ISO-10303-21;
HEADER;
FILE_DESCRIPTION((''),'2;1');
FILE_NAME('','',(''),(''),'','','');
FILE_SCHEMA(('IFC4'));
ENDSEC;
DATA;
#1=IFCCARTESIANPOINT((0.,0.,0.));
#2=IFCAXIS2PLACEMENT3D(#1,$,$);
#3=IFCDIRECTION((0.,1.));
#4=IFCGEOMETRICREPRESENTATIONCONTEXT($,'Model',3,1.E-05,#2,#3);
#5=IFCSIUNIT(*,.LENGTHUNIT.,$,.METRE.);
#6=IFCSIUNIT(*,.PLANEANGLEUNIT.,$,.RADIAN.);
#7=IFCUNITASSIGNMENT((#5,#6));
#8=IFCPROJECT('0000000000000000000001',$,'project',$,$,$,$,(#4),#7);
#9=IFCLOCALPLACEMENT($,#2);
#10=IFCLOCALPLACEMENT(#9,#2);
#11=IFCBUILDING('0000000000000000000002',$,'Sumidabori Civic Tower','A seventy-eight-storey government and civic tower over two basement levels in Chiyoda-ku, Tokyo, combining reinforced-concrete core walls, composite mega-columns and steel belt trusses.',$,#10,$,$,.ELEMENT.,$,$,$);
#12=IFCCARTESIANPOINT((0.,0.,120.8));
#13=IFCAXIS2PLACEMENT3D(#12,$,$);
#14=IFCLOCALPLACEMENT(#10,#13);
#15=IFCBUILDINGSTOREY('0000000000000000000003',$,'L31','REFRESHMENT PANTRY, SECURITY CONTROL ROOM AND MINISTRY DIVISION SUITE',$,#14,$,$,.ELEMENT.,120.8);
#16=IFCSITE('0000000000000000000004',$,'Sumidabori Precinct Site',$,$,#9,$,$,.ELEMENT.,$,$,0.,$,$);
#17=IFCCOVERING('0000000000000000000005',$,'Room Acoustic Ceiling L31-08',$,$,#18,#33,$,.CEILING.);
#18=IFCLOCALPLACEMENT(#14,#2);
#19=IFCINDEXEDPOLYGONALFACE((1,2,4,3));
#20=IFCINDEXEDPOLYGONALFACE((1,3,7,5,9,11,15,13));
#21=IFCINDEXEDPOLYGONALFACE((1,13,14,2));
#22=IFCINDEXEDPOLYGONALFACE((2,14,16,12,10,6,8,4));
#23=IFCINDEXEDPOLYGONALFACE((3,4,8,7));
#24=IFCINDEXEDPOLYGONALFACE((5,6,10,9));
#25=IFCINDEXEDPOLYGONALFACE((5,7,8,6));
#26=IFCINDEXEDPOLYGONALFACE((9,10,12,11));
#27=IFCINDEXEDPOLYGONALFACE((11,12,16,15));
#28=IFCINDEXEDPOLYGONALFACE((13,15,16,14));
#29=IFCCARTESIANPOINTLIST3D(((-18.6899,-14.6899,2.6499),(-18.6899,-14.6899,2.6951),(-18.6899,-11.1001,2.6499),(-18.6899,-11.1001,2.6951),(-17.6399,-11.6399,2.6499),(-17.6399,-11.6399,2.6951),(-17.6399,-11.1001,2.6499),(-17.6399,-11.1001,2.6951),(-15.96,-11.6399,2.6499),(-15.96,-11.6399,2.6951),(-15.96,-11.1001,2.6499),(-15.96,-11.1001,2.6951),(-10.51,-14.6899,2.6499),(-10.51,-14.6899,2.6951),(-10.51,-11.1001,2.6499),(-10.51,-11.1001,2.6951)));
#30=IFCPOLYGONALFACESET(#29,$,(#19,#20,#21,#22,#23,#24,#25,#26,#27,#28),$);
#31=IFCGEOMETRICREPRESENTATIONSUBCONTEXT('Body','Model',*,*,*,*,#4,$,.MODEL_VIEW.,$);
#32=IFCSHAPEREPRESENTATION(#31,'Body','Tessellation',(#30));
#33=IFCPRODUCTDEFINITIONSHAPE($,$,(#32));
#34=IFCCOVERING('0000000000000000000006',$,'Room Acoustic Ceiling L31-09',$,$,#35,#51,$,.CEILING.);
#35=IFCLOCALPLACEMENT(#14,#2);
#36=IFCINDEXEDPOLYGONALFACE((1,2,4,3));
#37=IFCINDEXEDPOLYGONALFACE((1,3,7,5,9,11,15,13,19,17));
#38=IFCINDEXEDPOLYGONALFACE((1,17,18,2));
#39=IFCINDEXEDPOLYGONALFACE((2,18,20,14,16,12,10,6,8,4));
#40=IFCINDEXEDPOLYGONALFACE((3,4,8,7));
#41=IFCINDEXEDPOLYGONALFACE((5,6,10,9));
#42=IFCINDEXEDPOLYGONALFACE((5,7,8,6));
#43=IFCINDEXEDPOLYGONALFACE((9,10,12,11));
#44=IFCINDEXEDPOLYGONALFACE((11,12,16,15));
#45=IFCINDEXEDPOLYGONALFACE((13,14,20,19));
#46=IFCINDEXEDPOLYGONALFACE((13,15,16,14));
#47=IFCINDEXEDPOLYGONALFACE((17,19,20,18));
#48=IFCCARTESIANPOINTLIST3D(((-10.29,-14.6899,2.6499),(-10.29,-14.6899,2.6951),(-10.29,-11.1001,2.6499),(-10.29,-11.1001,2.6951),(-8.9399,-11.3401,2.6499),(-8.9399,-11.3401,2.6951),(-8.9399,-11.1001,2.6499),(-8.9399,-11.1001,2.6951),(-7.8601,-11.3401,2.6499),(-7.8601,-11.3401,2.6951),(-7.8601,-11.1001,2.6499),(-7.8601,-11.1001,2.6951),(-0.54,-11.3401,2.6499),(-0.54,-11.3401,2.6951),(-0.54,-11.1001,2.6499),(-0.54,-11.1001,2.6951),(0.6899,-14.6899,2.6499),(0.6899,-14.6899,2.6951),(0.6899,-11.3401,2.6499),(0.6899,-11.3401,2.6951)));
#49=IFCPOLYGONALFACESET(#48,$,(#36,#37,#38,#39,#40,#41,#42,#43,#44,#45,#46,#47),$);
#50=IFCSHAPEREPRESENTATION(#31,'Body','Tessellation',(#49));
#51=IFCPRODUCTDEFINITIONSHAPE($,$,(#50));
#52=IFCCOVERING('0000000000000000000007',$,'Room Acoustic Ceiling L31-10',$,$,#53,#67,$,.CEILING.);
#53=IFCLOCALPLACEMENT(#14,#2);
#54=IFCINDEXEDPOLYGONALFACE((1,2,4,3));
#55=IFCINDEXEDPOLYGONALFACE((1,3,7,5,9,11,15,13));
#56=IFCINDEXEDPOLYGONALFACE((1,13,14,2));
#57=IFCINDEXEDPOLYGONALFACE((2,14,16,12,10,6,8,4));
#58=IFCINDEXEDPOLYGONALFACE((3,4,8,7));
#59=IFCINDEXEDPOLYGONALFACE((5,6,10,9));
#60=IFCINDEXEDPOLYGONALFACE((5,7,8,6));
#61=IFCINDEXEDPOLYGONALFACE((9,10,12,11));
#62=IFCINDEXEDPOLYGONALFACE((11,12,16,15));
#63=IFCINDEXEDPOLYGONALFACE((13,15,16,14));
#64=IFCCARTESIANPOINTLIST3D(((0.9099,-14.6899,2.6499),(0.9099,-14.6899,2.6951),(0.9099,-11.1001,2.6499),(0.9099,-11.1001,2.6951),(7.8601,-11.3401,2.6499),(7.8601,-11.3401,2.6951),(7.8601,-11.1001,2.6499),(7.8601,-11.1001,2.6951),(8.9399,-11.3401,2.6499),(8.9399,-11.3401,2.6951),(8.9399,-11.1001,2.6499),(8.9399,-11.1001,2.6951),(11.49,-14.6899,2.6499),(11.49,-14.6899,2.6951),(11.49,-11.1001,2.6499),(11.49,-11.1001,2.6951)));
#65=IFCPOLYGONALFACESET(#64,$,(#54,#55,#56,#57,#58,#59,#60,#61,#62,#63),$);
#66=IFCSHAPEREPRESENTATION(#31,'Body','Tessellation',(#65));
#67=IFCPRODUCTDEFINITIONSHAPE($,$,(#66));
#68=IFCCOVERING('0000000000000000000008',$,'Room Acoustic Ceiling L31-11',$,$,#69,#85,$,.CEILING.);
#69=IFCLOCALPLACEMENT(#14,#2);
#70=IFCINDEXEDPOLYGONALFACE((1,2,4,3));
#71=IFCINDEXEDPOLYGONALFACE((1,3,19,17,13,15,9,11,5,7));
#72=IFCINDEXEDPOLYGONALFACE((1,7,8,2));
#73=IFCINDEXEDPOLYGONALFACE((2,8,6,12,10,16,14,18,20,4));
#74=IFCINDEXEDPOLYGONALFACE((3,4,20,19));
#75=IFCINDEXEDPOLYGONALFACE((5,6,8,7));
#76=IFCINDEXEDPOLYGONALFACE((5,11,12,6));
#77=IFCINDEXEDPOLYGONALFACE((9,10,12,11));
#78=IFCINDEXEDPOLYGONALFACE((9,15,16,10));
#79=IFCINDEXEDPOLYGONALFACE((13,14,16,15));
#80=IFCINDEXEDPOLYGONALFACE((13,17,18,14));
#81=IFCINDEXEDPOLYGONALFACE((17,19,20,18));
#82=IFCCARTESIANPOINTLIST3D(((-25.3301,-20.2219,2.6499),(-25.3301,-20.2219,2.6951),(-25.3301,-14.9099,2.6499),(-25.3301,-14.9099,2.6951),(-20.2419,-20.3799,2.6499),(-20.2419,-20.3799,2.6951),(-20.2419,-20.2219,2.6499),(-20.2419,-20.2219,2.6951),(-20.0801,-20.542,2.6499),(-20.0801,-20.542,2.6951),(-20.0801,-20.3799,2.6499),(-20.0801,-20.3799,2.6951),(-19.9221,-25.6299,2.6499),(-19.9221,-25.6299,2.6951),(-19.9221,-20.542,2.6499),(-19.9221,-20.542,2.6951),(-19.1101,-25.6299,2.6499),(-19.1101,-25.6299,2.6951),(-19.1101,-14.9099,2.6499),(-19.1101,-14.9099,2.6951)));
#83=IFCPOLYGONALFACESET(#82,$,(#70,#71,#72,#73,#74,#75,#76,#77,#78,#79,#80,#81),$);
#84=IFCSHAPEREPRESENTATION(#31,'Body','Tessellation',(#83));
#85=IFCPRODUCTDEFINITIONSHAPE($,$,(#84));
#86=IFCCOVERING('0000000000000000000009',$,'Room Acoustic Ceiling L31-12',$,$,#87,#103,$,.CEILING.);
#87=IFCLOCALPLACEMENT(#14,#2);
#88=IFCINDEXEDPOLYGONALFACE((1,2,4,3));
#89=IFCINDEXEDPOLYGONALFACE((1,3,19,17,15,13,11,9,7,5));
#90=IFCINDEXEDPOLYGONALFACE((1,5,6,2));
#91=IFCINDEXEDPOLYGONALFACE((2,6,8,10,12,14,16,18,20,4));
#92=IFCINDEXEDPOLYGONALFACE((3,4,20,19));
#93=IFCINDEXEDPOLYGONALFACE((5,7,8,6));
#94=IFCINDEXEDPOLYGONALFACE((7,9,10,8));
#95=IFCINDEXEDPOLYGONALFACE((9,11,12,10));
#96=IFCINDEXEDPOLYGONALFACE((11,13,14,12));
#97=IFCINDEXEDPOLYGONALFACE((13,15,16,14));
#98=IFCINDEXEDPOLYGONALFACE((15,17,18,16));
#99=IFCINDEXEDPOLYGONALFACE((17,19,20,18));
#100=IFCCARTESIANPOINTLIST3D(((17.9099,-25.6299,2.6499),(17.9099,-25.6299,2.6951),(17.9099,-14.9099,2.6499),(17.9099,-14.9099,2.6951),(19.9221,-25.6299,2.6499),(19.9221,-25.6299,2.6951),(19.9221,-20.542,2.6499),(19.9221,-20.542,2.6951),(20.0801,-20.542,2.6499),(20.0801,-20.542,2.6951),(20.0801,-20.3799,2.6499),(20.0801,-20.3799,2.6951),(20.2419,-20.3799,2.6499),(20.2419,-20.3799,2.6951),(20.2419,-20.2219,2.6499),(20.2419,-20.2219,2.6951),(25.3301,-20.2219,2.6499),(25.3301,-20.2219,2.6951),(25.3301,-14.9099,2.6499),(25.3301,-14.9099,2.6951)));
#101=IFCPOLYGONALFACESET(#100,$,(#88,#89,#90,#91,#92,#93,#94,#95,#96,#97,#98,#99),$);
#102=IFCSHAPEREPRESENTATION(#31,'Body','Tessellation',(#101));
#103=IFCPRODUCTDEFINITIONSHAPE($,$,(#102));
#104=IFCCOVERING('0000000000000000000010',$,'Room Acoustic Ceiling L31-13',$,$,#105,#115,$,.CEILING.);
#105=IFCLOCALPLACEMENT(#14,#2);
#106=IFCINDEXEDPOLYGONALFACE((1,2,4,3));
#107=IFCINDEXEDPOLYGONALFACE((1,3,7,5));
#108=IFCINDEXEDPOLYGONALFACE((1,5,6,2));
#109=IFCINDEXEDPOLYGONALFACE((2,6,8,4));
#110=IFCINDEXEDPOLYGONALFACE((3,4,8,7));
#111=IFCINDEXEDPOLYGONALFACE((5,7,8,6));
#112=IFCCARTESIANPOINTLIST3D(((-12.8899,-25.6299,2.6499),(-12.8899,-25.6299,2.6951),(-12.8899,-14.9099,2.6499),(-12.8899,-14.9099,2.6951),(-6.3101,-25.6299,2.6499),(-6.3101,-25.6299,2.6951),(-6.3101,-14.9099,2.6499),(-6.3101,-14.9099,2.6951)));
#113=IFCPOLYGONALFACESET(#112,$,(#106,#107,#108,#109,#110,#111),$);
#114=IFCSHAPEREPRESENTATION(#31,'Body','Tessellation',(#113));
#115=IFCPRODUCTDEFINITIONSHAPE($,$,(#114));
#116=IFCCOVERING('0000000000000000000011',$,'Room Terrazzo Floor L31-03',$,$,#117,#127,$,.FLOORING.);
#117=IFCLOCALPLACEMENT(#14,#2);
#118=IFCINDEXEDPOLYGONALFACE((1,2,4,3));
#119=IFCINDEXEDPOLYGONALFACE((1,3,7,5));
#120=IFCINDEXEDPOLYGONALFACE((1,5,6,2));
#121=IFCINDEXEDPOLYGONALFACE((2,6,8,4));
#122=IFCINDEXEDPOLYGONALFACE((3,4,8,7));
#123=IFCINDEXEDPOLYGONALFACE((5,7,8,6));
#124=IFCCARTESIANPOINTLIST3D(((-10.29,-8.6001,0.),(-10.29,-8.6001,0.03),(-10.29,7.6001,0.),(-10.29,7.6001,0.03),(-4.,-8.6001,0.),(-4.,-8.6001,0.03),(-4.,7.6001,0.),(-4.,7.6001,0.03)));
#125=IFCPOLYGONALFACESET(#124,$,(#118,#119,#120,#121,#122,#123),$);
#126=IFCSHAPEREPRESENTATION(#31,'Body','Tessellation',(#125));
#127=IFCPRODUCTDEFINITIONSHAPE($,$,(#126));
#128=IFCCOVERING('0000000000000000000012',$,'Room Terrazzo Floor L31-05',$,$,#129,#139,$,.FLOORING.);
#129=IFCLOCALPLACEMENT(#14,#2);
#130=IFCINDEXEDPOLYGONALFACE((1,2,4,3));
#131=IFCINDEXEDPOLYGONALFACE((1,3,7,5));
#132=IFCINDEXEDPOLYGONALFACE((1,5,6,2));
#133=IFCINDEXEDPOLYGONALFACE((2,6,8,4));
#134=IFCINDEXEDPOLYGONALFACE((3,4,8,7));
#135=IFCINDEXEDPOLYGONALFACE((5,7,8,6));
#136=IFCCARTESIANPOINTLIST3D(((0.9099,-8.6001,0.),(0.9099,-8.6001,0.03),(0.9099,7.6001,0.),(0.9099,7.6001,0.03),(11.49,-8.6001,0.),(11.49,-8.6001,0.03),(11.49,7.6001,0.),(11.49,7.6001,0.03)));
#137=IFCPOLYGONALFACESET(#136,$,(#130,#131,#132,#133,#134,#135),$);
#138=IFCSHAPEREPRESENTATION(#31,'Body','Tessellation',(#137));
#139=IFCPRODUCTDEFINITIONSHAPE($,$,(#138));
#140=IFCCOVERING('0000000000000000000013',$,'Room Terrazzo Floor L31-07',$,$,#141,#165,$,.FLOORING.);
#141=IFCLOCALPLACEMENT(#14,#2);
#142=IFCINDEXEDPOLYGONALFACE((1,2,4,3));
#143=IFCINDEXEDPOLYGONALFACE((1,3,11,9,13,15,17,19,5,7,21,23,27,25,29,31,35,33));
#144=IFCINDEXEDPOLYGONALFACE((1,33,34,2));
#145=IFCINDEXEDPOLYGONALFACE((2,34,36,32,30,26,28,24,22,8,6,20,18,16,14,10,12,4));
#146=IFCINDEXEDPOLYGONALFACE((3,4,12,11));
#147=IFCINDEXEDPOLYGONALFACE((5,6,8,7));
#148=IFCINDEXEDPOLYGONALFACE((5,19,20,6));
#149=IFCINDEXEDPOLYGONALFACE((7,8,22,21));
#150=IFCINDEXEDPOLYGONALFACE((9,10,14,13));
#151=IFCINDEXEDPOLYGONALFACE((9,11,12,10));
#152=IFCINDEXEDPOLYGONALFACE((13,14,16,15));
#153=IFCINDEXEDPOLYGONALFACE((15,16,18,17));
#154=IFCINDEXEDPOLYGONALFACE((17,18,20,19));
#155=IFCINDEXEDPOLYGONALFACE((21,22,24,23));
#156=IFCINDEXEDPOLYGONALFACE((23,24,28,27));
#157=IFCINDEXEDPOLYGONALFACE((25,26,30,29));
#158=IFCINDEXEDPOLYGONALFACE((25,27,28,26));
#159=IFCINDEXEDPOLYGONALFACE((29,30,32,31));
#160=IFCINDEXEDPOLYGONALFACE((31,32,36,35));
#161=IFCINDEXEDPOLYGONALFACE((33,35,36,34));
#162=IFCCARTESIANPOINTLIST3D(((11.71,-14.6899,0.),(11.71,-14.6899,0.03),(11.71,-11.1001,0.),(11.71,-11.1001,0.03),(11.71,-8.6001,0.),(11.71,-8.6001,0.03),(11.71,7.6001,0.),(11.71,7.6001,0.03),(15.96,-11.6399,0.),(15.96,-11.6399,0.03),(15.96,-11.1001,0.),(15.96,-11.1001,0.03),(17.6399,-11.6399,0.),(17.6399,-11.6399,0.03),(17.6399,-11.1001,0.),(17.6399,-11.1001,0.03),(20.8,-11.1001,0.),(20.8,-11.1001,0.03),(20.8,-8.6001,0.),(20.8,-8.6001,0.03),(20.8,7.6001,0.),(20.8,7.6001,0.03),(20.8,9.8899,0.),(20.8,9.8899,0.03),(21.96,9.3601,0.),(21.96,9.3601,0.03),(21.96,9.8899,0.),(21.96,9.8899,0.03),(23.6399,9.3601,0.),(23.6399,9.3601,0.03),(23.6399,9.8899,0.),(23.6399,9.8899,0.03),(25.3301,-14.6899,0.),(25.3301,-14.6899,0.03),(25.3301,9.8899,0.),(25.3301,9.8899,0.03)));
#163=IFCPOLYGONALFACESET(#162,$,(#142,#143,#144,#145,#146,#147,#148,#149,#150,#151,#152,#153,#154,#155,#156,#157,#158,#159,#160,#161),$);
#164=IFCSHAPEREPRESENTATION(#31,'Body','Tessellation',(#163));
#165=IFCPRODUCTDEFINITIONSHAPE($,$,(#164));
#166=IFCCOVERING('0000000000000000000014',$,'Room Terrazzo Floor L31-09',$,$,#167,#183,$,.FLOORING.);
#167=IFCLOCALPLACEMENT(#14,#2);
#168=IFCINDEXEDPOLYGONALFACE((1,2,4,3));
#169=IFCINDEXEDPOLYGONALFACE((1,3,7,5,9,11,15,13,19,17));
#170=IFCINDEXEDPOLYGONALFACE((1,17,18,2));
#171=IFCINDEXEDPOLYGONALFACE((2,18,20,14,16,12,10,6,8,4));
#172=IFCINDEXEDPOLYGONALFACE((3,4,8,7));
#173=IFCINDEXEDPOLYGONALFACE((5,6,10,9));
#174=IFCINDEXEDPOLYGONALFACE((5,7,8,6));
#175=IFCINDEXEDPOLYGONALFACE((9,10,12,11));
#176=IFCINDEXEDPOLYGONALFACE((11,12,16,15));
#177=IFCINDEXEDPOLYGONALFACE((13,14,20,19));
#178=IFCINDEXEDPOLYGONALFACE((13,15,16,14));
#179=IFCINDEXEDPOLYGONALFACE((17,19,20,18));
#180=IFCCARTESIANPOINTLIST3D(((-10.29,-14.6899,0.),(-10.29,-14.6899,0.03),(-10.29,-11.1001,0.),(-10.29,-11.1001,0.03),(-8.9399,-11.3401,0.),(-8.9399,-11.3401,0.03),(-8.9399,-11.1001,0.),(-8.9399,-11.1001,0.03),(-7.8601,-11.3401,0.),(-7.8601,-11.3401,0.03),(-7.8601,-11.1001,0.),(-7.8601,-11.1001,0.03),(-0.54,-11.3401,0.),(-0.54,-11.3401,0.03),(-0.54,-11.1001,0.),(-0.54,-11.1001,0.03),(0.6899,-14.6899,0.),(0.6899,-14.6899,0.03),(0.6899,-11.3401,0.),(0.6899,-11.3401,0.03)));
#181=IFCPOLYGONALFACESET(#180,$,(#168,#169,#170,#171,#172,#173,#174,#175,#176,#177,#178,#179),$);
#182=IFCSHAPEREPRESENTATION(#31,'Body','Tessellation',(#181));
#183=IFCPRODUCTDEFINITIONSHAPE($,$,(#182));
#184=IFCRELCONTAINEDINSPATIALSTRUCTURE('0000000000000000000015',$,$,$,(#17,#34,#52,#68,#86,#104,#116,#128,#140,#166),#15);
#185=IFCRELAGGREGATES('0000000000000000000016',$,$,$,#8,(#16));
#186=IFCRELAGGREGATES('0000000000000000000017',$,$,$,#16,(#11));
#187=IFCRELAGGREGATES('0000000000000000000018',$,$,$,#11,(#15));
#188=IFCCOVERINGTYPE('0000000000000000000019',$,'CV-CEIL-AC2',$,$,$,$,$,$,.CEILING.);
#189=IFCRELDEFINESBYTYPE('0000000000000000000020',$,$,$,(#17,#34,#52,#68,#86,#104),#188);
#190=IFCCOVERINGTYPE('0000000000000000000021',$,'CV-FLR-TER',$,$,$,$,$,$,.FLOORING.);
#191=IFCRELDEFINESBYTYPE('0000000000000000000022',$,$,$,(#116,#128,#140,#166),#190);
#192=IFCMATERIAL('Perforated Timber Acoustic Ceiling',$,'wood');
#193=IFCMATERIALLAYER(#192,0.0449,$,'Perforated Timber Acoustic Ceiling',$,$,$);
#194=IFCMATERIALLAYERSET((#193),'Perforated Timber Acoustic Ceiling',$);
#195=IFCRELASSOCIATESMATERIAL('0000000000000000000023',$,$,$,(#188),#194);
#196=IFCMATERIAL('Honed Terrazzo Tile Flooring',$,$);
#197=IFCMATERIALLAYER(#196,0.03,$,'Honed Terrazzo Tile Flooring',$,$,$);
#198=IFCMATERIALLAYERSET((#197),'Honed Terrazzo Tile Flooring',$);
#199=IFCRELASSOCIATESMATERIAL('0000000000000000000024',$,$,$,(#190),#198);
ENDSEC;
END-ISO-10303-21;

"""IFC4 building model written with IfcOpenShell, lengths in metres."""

from ifc_helpers import new_model, si_unit, direction, frame, origin, place, context, subcontext, project, spatial, polyline, outline, extrude, material, layer, layer_set, type_object, element, save


model = new_model("IFC4")

# Units and contexts
model_context = context("Model", 3, precision=1e-05, world=origin(), true_north=direction((0.0, 1.0)))
body_context = subcontext(model_context, "Body", "Model", "MODEL_VIEW")
ifc_project = project(units=[si_unit("LENGTHUNIT", "METRE"), si_unit("PLANEANGLEUNIT", "RADIAN")], contexts=[model_context])

# Site, building, storey
site_placement = place(None, origin())
site = spatial("IfcSite", under=ifc_project, at=site_placement, Name="Sumidabori Precinct Site", CompositionType="ELEMENT", RefElevation=0.0)
building_placement = place(site_placement, origin())
building = spatial("IfcBuilding", under=site, at=building_placement, Name="Sumidabori Civic Tower", Description="A seventy-eight-storey government and civic tower over two basement levels in Chiyoda-ku, Tokyo, combining reinforced-concrete core walls, composite mega-columns and steel belt trusses.", CompositionType="ELEMENT")
storey_placement = place(building_placement, frame((0.0, 0.0, 120.8)))
storey = spatial("IfcBuildingStorey", under=building, at=storey_placement, Name="L31", Description="REFRESHMENT PANTRY, SECURITY CONTROL ROOM AND MINISTRY DIVISION SUITE", CompositionType="ELEMENT", Elevation=120.8)

# Coverings
ifc_material_1 = material(Name="Perforated Timber Acoustic Ceiling", Category="wood")
ifc_layer_1 = layer(ifc_material_1, 0.0449, Name="Perforated Timber Acoustic Ceiling")
ifc_layer_set_1 = layer_set([ifc_layer_1], Name="Perforated Timber Acoustic Ceiling")
covering_type_1 = type_object("IfcCoveringType", Name="CV-CEIL-AC2", PredefinedType="CEILING", material=ifc_layer_set_1)
covering_1_placement = place(storey_placement, frame((0.0, 0.0, 2.6499)))
element("IfcCovering", 1, at=covering_1_placement, inside=storey, type_object=covering_type_1, Name="Room Acoustic Ceiling L31-08", PredefinedType="CEILING", context=body_context, shape_type="SweptSolid", body=[
    extrude(outline(polyline([(-18.6899, -11.1001), (-17.6399, -11.1001), (-17.6399, -11.6399), (-15.96, -11.6399), (-15.96, -11.1001), (-10.51, -11.1001), (-10.51, -14.6899), (-18.6899, -14.6899), (-18.6899, -11.1001)])), origin(), (0.0, 0.0, 1.0), 0.0452),
])
covering_2_placement = place(storey_placement, frame((0.0, 0.0, 2.6499)))
element("IfcCovering", 2, at=covering_2_placement, inside=storey, type_object=covering_type_1, Name="Room Acoustic Ceiling L31-09", PredefinedType="CEILING", context=body_context, shape_type="SweptSolid", body=[
    extrude(outline(polyline([(-10.29, -11.1001), (-8.9399, -11.1001), (-8.9399, -11.3401), (-7.8601, -11.3401), (-7.8601, -11.1001), (-0.54, -11.1001), (-0.54, -11.3401), (0.6899, -11.3401), (0.6899, -14.6899), (-10.29, -14.6899), (-10.29, -11.1001)])), origin(), (0.0, 0.0, 1.0), 0.0452),
])
covering_3_placement = place(storey_placement, frame((0.0, 0.0, 2.6499)))
element("IfcCovering", 3, at=covering_3_placement, inside=storey, type_object=covering_type_1, Name="Room Acoustic Ceiling L31-10", PredefinedType="CEILING", context=body_context, shape_type="SweptSolid", body=[
    extrude(outline(polyline([(0.9099, -11.1001), (7.8601, -11.1001), (7.8601, -11.3401), (8.9399, -11.3401), (8.9399, -11.1001), (11.49, -11.1001), (11.49, -14.6899), (0.9099, -14.6899), (0.9099, -11.1001)])), origin(), (0.0, 0.0, 1.0), 0.0452),
])
covering_4_placement = place(storey_placement, frame((0.0, 0.0, 2.6499)))
element("IfcCovering", 4, at=covering_4_placement, inside=storey, type_object=covering_type_1, Name="Room Acoustic Ceiling L31-11", PredefinedType="CEILING", context=body_context, shape_type="SweptSolid", body=[
    extrude(outline(polyline([(-19.1101, -14.9099), (-19.1101, -25.6299), (-19.9221, -25.6299), (-19.9221, -20.542), (-20.0801, -20.542), (-20.0801, -20.3799), (-20.2419, -20.3799), (-20.2419, -20.2219), (-25.3301, -20.2219), (-25.3301, -14.9099), (-19.1101, -14.9099)])), origin(), (0.0, 0.0, 1.0), 0.0452),
])
covering_5_placement = place(storey_placement, frame((0.0, 0.0, 2.6499)))
element("IfcCovering", 5, at=covering_5_placement, inside=storey, type_object=covering_type_1, Name="Room Acoustic Ceiling L31-12", PredefinedType="CEILING", context=body_context, shape_type="SweptSolid", body=[
    extrude(outline(polyline([(17.9099, -14.9099), (25.3301, -14.9099), (25.3301, -20.2219), (20.2419, -20.2219), (20.2419, -20.3799), (20.0801, -20.3799), (20.0801, -20.542), (19.9221, -20.542), (19.9221, -25.6299), (17.9099, -25.6299), (17.9099, -14.9099)])), origin(), (0.0, 0.0, 1.0), 0.0452),
])
covering_6_placement = place(storey_placement, frame((0.0, 0.0, 2.6499)))
element("IfcCovering", 6, at=covering_6_placement, inside=storey, type_object=covering_type_1, Name="Room Acoustic Ceiling L31-13", PredefinedType="CEILING", context=body_context, shape_type="SweptSolid", body=[
    extrude(outline(polyline([(-12.8899, -14.9099), (-6.3101, -14.9099), (-6.3101, -25.6299), (-12.8899, -25.6299), (-12.8899, -14.9099)])), origin(), (0.0, 0.0, 1.0), 0.0452),
])
ifc_material_2 = material(Name="Honed Terrazzo Tile Flooring")
ifc_layer_2 = layer(ifc_material_2, 0.03, Name="Honed Terrazzo Tile Flooring")
ifc_layer_set_2 = layer_set([ifc_layer_2], Name="Honed Terrazzo Tile Flooring")
covering_type_2 = type_object("IfcCoveringType", Name="CV-FLR-TER", PredefinedType="FLOORING", material=ifc_layer_set_2)
covering_7_placement = place(storey_placement, origin())
element("IfcCovering", 7, at=covering_7_placement, inside=storey, type_object=covering_type_2, Name="Room Terrazzo Floor L31-03", PredefinedType="FLOORING", context=body_context, shape_type="SweptSolid", body=[
    extrude(outline(polyline([(-10.29, 7.6001), (-4.0, 7.6001), (-4.0, -8.6001), (-10.29, -8.6001), (-10.29, 7.6001)])), origin(), (0.0, 0.0, 1.0), 0.03),
])
covering_8_placement = place(storey_placement, origin())
element("IfcCovering", 8, at=covering_8_placement, inside=storey, type_object=covering_type_2, Name="Room Terrazzo Floor L31-05", PredefinedType="FLOORING", context=body_context, shape_type="SweptSolid", body=[
    extrude(outline(polyline([(0.9099, -8.6001), (0.9099, 7.6001), (11.49, 7.6001), (11.49, -8.6001), (0.9099, -8.6001)])), origin(), (0.0, 0.0, 1.0), 0.03),
])
covering_9_placement = place(storey_placement, origin())
element("IfcCovering", 9, at=covering_9_placement, inside=storey, type_object=covering_type_2, Name="Room Terrazzo Floor L31-07", PredefinedType="FLOORING", context=body_context, shape_type="SweptSolid", body=[
    extrude(outline(polyline([(11.71, -11.1001), (15.96, -11.1001), (15.96, -11.6399), (17.6399, -11.6399), (17.6399, -11.1001), (20.8, -11.1001), (20.8, -8.6001), (11.71, -8.6001), (11.71, 7.6001), (20.8, 7.6001), (20.8, 9.8899), (21.96, 9.8899), (21.96, 9.3601), (23.6399, 9.3601), (23.6399, 9.8899), (25.3301, 9.8899), (25.3301, -14.6899), (11.71, -14.6899), (11.71, -11.1001)])), origin(), (0.0, 0.0, 1.0), 0.03),
])
covering_10_placement = place(storey_placement, origin())
element("IfcCovering", 10, at=covering_10_placement, inside=storey, type_object=covering_type_2, Name="Room Terrazzo Floor L31-09", PredefinedType="FLOORING", context=body_context, shape_type="SweptSolid", body=[
    extrude(outline(polyline([(-10.29, -11.1001), (-8.9399, -11.1001), (-8.9399, -11.3401), (-7.8601, -11.3401), (-7.8601, -11.1001), (-0.54, -11.1001), (-0.54, -11.3401), (0.6899, -11.3401), (0.6899, -14.6899), (-10.29, -14.6899), (-10.29, -11.1001)])), origin(), (0.0, 0.0, 1.0), 0.03),
])

save(model, "model.ifc")
